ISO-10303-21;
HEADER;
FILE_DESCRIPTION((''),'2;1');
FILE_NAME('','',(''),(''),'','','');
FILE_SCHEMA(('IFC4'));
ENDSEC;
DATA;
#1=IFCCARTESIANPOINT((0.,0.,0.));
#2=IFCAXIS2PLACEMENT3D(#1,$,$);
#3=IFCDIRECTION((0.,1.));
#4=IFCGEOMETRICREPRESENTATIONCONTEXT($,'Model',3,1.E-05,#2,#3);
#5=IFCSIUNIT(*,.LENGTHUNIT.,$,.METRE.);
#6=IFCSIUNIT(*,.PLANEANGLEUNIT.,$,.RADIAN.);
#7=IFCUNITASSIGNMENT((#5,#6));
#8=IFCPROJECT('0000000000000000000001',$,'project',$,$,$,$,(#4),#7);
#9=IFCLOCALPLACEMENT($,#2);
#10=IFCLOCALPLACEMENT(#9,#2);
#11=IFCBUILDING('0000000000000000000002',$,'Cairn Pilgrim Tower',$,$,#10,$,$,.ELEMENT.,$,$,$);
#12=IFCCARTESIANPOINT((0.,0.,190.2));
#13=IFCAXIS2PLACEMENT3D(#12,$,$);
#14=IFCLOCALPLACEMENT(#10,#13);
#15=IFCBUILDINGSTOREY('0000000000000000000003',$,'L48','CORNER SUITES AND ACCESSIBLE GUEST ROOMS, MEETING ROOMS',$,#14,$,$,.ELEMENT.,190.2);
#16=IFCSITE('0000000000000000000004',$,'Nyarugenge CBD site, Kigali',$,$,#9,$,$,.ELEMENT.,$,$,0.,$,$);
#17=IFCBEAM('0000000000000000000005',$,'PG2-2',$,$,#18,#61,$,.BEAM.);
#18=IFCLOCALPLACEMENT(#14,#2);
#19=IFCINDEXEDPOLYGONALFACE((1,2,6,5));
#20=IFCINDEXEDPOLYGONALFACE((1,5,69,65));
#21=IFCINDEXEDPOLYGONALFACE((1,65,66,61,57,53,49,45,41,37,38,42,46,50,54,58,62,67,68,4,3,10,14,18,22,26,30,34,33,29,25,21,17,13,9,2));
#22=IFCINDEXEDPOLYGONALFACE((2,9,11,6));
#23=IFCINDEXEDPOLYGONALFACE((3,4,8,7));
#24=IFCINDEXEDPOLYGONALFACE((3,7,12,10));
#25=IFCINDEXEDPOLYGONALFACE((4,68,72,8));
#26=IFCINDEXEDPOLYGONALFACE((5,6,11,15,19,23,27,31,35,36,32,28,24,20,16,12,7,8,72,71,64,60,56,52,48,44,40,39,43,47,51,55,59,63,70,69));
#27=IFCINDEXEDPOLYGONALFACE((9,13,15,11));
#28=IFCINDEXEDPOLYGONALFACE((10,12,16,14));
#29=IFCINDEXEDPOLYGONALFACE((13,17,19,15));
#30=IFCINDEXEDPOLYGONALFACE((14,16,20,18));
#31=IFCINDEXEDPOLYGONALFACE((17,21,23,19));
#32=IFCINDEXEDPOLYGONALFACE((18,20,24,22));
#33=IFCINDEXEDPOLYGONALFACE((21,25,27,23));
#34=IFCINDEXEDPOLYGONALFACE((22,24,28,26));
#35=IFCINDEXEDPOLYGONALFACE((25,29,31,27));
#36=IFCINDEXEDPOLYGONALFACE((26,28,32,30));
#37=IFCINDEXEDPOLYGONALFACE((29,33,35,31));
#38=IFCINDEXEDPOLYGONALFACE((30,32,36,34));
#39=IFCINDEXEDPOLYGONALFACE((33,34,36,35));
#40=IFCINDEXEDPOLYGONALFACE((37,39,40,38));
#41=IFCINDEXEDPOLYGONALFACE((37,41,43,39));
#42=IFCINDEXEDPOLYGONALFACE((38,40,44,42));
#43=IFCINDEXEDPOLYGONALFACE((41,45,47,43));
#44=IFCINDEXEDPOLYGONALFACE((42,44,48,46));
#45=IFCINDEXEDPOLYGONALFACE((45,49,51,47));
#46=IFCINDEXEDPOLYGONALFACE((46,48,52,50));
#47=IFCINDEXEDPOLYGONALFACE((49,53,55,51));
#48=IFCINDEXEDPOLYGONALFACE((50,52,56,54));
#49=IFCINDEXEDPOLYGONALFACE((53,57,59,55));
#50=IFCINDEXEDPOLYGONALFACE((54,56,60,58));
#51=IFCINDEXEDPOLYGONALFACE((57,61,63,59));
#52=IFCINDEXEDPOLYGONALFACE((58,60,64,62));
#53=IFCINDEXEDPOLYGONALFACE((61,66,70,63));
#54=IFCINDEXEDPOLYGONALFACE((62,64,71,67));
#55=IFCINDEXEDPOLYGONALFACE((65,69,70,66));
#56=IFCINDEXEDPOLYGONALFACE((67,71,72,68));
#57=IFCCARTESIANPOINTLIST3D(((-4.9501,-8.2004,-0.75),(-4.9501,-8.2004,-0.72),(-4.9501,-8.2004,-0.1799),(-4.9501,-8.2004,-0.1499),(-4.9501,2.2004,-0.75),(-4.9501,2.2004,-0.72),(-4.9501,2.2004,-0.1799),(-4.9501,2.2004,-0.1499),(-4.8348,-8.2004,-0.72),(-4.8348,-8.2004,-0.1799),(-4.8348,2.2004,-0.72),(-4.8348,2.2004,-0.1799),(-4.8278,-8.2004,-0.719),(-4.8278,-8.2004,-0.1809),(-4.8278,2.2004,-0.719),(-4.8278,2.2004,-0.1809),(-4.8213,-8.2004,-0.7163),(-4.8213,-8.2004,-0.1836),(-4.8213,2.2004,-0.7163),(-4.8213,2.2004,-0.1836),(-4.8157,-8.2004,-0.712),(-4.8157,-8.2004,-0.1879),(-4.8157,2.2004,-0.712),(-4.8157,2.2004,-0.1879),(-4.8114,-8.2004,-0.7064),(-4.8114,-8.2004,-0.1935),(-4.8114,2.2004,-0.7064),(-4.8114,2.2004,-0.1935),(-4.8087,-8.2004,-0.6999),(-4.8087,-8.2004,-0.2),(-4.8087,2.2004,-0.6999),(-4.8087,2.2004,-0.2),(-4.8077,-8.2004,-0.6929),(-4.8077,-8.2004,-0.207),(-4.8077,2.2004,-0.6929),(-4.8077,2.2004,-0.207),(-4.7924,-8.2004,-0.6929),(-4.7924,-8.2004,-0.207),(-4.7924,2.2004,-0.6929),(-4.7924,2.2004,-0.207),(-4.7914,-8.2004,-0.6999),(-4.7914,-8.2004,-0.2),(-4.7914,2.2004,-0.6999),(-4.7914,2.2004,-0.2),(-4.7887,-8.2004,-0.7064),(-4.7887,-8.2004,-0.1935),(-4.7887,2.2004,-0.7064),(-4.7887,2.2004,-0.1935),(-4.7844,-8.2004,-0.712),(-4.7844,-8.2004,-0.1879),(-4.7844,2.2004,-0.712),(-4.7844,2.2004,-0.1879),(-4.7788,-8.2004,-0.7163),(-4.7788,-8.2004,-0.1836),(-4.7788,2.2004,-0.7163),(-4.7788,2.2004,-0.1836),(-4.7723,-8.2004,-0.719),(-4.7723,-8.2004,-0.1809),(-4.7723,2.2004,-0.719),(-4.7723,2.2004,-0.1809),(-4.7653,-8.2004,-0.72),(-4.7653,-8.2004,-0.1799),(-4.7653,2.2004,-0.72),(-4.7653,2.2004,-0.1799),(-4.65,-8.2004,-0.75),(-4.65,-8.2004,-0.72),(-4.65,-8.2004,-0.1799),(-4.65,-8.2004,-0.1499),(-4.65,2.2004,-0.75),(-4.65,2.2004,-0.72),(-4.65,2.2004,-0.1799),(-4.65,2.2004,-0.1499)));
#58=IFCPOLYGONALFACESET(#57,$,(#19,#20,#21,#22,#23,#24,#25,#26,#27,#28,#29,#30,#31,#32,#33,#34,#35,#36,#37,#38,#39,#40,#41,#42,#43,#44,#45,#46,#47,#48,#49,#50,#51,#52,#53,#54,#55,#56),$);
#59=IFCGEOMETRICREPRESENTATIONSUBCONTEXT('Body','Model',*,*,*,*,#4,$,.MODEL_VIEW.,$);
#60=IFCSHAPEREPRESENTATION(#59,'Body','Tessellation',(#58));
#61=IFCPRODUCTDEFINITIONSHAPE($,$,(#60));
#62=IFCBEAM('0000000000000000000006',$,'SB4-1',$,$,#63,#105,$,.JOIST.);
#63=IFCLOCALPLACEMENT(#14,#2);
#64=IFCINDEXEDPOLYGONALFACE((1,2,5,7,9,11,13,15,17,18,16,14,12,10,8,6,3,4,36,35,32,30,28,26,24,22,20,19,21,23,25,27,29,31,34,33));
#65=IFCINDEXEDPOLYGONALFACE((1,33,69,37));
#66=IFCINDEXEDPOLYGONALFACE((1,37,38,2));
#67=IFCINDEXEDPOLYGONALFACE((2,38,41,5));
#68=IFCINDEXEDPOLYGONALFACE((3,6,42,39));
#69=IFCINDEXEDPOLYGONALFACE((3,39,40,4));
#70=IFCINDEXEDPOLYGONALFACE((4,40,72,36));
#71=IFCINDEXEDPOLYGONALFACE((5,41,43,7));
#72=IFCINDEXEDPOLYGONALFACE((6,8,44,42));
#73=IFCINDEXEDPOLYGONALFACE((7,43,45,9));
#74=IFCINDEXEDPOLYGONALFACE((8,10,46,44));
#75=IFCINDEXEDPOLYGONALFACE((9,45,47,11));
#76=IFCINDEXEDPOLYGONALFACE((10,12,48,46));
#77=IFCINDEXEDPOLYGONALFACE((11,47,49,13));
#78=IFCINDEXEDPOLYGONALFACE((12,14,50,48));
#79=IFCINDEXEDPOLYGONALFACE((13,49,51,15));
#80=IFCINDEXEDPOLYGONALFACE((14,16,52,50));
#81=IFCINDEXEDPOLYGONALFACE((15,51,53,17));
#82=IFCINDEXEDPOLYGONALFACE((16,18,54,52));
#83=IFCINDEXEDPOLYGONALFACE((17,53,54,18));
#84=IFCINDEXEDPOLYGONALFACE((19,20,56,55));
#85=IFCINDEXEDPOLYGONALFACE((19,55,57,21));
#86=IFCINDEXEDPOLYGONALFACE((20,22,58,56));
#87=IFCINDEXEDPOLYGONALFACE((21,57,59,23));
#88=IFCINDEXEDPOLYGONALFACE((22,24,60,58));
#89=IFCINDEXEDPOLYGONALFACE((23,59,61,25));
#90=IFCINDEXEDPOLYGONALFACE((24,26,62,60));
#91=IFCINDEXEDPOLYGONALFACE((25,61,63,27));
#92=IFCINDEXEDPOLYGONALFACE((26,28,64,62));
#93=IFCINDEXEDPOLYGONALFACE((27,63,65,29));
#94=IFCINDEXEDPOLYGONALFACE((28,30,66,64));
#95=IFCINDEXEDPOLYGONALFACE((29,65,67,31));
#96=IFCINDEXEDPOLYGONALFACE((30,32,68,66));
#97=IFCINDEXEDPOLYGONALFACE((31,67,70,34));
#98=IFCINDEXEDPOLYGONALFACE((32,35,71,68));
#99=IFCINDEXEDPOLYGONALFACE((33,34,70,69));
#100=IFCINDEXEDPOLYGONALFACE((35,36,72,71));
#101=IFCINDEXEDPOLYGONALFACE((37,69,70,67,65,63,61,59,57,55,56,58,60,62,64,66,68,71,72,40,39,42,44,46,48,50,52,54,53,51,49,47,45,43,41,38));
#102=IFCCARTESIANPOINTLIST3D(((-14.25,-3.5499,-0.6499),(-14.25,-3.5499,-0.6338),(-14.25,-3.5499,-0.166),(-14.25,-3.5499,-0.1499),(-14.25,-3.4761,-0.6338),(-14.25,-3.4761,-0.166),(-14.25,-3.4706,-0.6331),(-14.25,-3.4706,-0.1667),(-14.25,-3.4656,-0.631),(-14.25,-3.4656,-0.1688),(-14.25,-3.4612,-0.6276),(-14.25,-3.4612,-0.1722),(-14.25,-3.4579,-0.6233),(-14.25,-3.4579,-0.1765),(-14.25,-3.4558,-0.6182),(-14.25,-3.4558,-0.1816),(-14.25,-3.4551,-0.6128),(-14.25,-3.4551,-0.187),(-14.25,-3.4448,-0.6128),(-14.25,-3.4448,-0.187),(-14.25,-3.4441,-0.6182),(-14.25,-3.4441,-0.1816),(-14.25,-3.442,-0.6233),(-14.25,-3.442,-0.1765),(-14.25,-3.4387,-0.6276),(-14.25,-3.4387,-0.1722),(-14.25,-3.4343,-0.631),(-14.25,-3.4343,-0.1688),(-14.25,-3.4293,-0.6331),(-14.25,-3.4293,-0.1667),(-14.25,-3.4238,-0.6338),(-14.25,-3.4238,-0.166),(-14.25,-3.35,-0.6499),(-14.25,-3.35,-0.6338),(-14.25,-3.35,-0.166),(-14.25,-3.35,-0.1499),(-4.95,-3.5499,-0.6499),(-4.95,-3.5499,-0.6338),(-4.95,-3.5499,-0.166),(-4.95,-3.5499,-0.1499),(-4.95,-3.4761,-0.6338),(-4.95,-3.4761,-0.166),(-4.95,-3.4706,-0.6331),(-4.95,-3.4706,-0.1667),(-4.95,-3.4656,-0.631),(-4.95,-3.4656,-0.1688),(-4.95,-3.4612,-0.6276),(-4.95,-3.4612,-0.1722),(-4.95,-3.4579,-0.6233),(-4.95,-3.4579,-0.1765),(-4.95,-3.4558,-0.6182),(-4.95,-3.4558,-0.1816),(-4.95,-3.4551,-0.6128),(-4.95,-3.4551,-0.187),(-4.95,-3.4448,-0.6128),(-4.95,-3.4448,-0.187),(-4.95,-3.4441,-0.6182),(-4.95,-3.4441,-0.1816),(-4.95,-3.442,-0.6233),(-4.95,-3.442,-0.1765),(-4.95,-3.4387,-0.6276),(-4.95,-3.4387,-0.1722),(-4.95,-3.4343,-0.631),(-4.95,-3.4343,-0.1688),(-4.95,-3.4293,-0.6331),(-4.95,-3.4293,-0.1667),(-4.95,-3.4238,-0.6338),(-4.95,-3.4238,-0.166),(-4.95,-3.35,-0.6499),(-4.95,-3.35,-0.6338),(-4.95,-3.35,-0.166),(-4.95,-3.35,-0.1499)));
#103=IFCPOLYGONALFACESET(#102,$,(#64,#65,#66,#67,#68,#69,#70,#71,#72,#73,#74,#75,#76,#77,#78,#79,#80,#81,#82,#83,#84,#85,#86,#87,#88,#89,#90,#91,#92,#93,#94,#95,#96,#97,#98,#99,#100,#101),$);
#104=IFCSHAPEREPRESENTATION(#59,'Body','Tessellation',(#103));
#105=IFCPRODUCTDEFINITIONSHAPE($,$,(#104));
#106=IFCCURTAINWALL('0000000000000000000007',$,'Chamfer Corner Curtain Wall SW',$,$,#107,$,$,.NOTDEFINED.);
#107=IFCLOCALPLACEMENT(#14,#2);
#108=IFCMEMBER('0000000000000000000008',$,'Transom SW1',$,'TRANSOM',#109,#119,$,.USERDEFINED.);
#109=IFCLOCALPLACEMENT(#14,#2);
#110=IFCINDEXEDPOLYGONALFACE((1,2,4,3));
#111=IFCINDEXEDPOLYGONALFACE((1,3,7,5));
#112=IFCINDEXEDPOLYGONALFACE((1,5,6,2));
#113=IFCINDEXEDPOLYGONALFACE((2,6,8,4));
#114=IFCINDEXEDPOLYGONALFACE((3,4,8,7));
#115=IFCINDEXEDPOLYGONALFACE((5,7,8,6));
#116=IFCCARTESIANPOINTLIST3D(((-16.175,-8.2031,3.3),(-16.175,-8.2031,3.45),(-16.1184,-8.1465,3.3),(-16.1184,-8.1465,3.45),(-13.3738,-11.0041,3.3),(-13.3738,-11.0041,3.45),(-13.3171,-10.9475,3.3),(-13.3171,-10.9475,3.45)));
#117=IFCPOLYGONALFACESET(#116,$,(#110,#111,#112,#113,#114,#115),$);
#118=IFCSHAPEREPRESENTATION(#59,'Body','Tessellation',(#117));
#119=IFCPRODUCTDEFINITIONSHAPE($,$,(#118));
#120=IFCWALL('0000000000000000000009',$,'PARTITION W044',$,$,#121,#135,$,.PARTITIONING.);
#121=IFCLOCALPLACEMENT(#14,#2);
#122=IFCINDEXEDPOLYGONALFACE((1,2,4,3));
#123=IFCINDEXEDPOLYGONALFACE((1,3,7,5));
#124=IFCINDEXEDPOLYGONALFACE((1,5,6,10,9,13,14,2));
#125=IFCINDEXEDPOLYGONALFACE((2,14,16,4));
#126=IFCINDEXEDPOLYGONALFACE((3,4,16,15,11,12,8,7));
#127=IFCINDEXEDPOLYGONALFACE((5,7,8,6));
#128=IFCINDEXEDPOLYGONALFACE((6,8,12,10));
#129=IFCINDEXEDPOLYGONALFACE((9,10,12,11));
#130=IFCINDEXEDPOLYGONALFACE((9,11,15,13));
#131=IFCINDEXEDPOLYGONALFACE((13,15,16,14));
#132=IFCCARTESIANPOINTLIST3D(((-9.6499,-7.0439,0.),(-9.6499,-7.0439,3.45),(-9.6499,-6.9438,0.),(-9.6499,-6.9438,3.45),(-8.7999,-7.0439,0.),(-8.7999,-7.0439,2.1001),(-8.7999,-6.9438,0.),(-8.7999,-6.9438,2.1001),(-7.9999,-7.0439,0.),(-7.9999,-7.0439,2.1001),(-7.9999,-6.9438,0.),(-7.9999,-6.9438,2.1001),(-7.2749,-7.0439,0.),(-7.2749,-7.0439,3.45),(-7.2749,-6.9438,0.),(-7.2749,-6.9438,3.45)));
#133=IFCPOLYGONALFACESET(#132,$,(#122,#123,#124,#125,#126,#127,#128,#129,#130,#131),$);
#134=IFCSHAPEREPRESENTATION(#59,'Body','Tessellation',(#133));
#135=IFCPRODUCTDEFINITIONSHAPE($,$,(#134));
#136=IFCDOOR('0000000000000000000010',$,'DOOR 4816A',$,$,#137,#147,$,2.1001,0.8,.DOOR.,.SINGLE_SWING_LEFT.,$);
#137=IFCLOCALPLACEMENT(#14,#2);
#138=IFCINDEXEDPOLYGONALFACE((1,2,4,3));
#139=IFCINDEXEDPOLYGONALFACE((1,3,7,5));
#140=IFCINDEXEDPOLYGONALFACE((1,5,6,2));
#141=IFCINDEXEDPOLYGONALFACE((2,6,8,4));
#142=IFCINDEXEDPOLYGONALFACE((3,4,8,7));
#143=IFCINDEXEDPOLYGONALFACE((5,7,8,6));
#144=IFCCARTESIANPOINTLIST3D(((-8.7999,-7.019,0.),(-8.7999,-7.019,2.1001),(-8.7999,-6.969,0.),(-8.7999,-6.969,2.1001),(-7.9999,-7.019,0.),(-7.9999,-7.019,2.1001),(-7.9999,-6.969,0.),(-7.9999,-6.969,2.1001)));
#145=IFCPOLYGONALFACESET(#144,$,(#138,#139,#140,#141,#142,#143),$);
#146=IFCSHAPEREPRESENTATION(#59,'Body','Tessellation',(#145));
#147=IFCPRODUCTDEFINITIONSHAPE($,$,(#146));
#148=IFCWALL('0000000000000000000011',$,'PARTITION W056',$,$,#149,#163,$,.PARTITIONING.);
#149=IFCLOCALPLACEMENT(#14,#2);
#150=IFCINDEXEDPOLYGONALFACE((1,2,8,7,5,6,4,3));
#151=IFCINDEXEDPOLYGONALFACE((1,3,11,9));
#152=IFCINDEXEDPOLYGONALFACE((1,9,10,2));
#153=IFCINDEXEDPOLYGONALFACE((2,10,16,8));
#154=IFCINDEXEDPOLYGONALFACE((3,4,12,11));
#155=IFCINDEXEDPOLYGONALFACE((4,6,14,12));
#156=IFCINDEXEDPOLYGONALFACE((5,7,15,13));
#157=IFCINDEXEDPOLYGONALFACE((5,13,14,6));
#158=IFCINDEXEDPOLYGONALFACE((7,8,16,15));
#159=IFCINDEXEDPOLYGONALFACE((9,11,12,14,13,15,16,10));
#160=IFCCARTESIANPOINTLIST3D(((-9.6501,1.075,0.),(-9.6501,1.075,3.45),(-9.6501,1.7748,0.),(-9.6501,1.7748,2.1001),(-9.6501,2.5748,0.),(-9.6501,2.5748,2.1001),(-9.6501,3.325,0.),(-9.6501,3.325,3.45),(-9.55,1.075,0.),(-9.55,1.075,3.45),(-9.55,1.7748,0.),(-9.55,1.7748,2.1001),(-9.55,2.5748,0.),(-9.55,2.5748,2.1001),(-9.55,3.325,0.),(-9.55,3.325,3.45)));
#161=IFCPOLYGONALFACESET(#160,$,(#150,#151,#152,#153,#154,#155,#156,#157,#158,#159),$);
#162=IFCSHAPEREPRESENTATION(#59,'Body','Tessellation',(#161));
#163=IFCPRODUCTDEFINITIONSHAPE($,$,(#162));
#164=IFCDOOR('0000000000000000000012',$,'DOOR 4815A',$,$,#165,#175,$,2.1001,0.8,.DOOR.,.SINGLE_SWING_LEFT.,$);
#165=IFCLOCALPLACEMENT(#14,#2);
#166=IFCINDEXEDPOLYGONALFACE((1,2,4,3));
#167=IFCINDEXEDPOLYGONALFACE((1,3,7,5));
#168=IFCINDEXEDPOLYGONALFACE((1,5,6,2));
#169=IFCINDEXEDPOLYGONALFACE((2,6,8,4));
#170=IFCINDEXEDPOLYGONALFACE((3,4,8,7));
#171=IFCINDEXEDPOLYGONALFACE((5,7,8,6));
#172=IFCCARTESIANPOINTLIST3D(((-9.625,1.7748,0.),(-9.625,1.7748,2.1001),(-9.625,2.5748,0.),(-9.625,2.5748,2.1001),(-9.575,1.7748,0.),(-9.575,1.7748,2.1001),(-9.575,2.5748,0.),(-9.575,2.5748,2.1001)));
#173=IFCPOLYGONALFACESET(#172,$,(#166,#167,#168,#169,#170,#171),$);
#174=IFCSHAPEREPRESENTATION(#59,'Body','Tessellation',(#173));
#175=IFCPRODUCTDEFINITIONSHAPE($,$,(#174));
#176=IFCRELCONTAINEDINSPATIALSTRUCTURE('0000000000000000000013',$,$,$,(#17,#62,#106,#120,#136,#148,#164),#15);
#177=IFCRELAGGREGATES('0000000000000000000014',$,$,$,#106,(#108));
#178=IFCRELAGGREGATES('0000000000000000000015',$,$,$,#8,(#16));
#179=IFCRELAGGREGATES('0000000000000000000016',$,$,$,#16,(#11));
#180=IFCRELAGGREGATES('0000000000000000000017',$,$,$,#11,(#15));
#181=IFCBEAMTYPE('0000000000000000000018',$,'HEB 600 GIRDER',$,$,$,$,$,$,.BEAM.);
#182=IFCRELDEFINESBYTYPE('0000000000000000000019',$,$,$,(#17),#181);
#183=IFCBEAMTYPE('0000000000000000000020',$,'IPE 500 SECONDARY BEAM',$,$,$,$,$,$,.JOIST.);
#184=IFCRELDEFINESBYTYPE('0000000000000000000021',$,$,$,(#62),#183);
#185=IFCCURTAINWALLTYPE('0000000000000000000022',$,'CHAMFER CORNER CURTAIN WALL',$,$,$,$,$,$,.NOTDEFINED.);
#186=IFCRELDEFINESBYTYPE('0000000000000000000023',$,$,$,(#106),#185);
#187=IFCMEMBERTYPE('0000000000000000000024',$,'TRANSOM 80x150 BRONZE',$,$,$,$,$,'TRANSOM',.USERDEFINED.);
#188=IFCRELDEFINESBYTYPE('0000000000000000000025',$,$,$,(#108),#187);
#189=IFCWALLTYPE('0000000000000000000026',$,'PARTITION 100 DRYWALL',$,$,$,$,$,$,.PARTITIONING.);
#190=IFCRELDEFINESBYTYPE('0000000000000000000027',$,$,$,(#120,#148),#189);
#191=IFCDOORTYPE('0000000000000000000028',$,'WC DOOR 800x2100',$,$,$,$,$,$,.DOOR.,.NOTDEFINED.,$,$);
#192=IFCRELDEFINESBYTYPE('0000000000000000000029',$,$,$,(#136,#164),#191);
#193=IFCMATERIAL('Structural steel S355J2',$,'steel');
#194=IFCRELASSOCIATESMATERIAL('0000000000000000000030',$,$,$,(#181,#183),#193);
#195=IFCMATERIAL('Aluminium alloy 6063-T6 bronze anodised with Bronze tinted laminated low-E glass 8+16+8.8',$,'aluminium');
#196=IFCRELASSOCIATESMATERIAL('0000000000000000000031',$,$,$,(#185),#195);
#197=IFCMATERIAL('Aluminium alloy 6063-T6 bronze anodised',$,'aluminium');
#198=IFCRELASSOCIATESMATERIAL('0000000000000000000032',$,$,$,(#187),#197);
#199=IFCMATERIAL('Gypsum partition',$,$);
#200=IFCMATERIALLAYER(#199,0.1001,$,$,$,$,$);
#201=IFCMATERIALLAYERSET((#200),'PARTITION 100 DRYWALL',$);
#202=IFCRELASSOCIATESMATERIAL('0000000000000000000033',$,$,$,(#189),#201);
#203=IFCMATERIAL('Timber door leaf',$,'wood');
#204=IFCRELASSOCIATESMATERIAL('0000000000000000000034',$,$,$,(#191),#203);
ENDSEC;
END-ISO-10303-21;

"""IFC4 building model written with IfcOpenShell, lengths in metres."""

from ifc_helpers import new_model, si_unit, direction, frame, frame_2d, origin, origin_2d, place, context, subcontext, project, spatial, rectangle, i_section, extrude, material, layer, layer_set, material_profile, profile_set, type_object, element, fill, aggregate, save


model = new_model("IFC4")

# Units and contexts
model_context = context("Model", 3, precision=1e-05, world=origin(), true_north=direction((0.0, 1.0)))
body_context = subcontext(model_context, "Body", "Model", "MODEL_VIEW")
ifc_project = project(units=[si_unit("LENGTHUNIT", "METRE"), si_unit("PLANEANGLEUNIT", "RADIAN")], contexts=[model_context])

# Site, building, storey
site_placement = place(None, origin())
site = spatial("IfcSite", under=ifc_project, at=site_placement, Name="Nyarugenge CBD site, Kigali", CompositionType="ELEMENT", RefElevation=0.0)
building_placement = place(site_placement, origin())
building = spatial("IfcBuilding", under=site, at=building_placement, Name="Cairn Pilgrim Tower", CompositionType="ELEMENT")
storey_placement = place(building_placement, frame((0.0, 0.0, 190.2)))
storey = spatial("IfcBuildingStorey", under=building, at=storey_placement, Name="L48", Description="CORNER SUITES AND ACCESSIBLE GUEST ROOMS, MEETING ROOMS", CompositionType="ELEMENT", Elevation=190.2)

# Shared definitions
ifc_material_1 = material(Name="Aluminium alloy 6063-T6 bronze anodised with Bronze tinted laminated low-E glass 8+16+8.8", Category="aluminium")
ifc_material_2 = material(Name="Aluminium alloy 6063-T6 bronze anodised", Category="aluminium")

# Beams
ifc_material_3 = material(Name="Structural steel S355J2", Category="steel")
ifc_material_profile_1 = material_profile(ifc_material_3, i_section(OverallWidth=0.3, OverallDepth=0.6001, WebThickness=0.0154, FlangeThickness=0.03, FilletRadius=0.0271, at=origin_2d()), Name="HEB 600")
ifc_profile_set_1 = profile_set([ifc_material_profile_1], Name="Structural steel S355J2")
beam_type_1 = type_object("IfcBeamType", Name="HEB 600 GIRDER", PredefinedType="BEAM", material=ifc_profile_set_1)
beam_1_placement = place(storey_placement, frame((-4.8, -8.2004, -0.45), z_axis=(0.0, 1.0, 0.0), x_axis=(-1.0, 0.0, 0.0)))
element("IfcBeam", 1, at=beam_1_placement, inside=storey, type_object=beam_type_1, Name="PG2-2", PredefinedType="BEAM", context=body_context, shape_type="SweptSolid", body=[
    extrude(i_section(OverallWidth=0.3, OverallDepth=0.6001, WebThickness=0.0154, FlangeThickness=0.03, FilletRadius=0.0271, at=origin_2d()), origin(), (0.0, 0.0, 1.0), 10.4009),
])
ifc_material_profile_2 = material_profile(ifc_material_3, i_section(OverallWidth=0.2, OverallDepth=0.5, WebThickness=0.0103, FlangeThickness=0.0161, FilletRadius=0.021, at=origin_2d()), Name="IPE 500")
ifc_profile_set_2 = profile_set([ifc_material_profile_2], Name="Structural steel S355J2")
beam_type_2 = type_object("IfcBeamType", Name="IPE 500 SECONDARY BEAM", PredefinedType="JOIST", material=ifc_profile_set_2)
beam_2_placement = place(storey_placement, frame((-14.25, -3.45, -0.3999), z_axis=(1.0, 0.0, 0.0), x_axis=(0.0, 1.0, 0.0)))
element("IfcBeam", 2, at=beam_2_placement, inside=storey, type_object=beam_type_2, Name="SB4-1", PredefinedType="JOIST", context=body_context, shape_type="SweptSolid", body=[
    extrude(i_section(OverallWidth=0.2, OverallDepth=0.5, WebThickness=0.0103, FlangeThickness=0.0161, FilletRadius=0.021, at=origin_2d()), origin(), (0.0, 0.0, 1.0), 9.3),
])

# Curtain wall, member
curtain_wall_type_1 = type_object("IfcCurtainWallType", Name="CHAMFER CORNER CURTAIN WALL", PredefinedType="NOTDEFINED", material=ifc_material_1)
curtain_wall_1_placement = place(storey_placement, origin())
curtain_wall_1 = element("IfcCurtainWall", 3, at=curtain_wall_1_placement, inside=storey, type_object=curtain_wall_type_1, Name="Chamfer Corner Curtain Wall SW", PredefinedType="NOTDEFINED")
ifc_material_profile_3 = material_profile(ifc_material_2, rectangle(XDim=0.0801, YDim=0.1499, at=origin_2d()), Name="TRANSOM 80x150 BRONZE")
ifc_profile_set_3 = profile_set([ifc_material_profile_3], Name="Aluminium alloy 6063-T6 bronze anodised")
member_type_1 = type_object("IfcMemberType", Name="TRANSOM 80x150 BRONZE", ElementType="TRANSOM", PredefinedType="USERDEFINED", material=ifc_profile_set_3)
member_1_placement = place(storey_placement, frame((-16.1467, -8.1748, 3.375), z_axis=(0.707138, -0.707076, 0.0), x_axis=(0.707076, 0.707138, 0.0)))
member_1 = element("IfcMember", 4, at=member_1_placement, type_object=member_type_1, Name="Transom SW1", ObjectType="TRANSOM", PredefinedType="USERDEFINED", context=body_context, shape_type="SweptSolid", body=[
    extrude(rectangle(XDim=0.0801, YDim=0.1499, at=origin_2d()), origin(), (0.0, 0.0, 1.0), 3.9614),
])
aggregate(curtain_wall_1, [member_1])

# Walls, openings, doors
ifc_material_4 = material(Name="Gypsum partition")
ifc_layer_1 = layer(ifc_material_4, 0.1001)
ifc_layer_set_1 = layer_set([ifc_layer_1], Name="PARTITION 100 DRYWALL")
wall_type_1 = type_object("IfcWallType", Name="PARTITION 100 DRYWALL", PredefinedType="PARTITIONING", material=ifc_layer_set_1)
wall_1_placement = place(storey_placement, frame((-9.6499, -6.9939, 0.0), z_axis=(0.0, 0.0, 1.0), x_axis=(1.0, 0.0, 0.0)))
wall_1 = element("IfcWall", 5, at=wall_1_placement, inside=storey, type_object=wall_type_1, Name="PARTITION W044", PredefinedType="PARTITIONING", context=body_context, shape_type="SweptSolid", body=[
    extrude(rectangle(XDim=2.375, YDim=0.1001, at=frame_2d((1.1875, 0.0))), origin(), (0.0, 0.0, 1.0), 3.45),
])
opening_1_placement = place(wall_1_placement, frame((0.8501, 0.0, 0.0)))
opening_1 = element("IfcOpeningElement", 6, at=opening_1_placement, cuts=wall_1, PredefinedType="OPENING", context=body_context, shape_type="SweptSolid", body=[
    extrude(rectangle(XDim=0.8, YDim=2.1001, at=frame_2d((0.3999, 1.05))), frame((0.0, 0.0601, 0.0), z_axis=(0.0, -1.0, 0.0), x_axis=(1.0, 0.0, 0.0)), (0.0, 0.0, 1.0), 0.1201),
])
ifc_material_5 = material(Name="Timber door leaf", Category="wood")
door_type_1 = type_object("IfcDoorType", Name="WC DOOR 800x2100", OperationType="NOTDEFINED", PredefinedType="DOOR", material=ifc_material_5)
door_1_placement = place(opening_1_placement, origin())
door_1 = element("IfcDoor", 7, at=door_1_placement, inside=storey, type_object=door_type_1, Name="DOOR 4816A", OperationType="SINGLE_SWING_LEFT", OverallHeight=2.1001, OverallWidth=0.8, PredefinedType="DOOR", context=body_context, shape_type="SweptSolid", body=[
    extrude(rectangle(XDim=0.8, YDim=2.1001, at=frame_2d((0.3999, 1.05))), frame((0.0, 0.0249, 0.0), z_axis=(0.0, -1.0, 0.0), x_axis=(1.0, 0.0, 0.0)), (0.0, 0.0, 1.0), 0.05),
])
fill(opening_1, door_1)
wall_2_placement = place(storey_placement, frame((-9.6001, 1.075, 0.0), z_axis=(0.0, 0.0, 1.0), x_axis=(0.0, 1.0, 0.0)))
wall_2 = element("IfcWall", 8, at=wall_2_placement, inside=storey, type_object=wall_type_1, Name="PARTITION W056", PredefinedType="PARTITIONING", context=body_context, shape_type="SweptSolid", body=[
    extrude(rectangle(XDim=2.25, YDim=0.1001, at=frame_2d((1.125, 0.0))), origin(), (0.0, 0.0, 1.0), 3.45),
])
opening_2_placement = place(wall_2_placement, frame((0.7, 0.0, 0.0)))
opening_2 = element("IfcOpeningElement", 9, at=opening_2_placement, cuts=wall_2, PredefinedType="OPENING", context=body_context, shape_type="SweptSolid", body=[
    extrude(rectangle(XDim=0.8, YDim=2.1001, at=frame_2d((0.3999, 1.05))), frame((0.0, 0.0601, 0.0), z_axis=(0.0, -1.0, 0.0), x_axis=(1.0, 0.0, 0.0)), (0.0, 0.0, 1.0), 0.1201),
])
door_2_placement = place(opening_2_placement, origin())
door_2 = element("IfcDoor", 10, at=door_2_placement, inside=storey, type_object=door_type_1, Name="DOOR 4815A", OperationType="SINGLE_SWING_LEFT", OverallHeight=2.1001, OverallWidth=0.8, PredefinedType="DOOR", context=body_context, shape_type="SweptSolid", body=[
    extrude(rectangle(XDim=0.8, YDim=2.1001, at=frame_2d((0.3999, 1.05))), frame((0.0, 0.0249, 0.0), z_axis=(0.0, -1.0, 0.0), x_axis=(1.0, 0.0, 0.0)), (0.0, 0.0, 1.0), 0.05),
])
fill(opening_2, door_2)

save(model, "model.ifc")
